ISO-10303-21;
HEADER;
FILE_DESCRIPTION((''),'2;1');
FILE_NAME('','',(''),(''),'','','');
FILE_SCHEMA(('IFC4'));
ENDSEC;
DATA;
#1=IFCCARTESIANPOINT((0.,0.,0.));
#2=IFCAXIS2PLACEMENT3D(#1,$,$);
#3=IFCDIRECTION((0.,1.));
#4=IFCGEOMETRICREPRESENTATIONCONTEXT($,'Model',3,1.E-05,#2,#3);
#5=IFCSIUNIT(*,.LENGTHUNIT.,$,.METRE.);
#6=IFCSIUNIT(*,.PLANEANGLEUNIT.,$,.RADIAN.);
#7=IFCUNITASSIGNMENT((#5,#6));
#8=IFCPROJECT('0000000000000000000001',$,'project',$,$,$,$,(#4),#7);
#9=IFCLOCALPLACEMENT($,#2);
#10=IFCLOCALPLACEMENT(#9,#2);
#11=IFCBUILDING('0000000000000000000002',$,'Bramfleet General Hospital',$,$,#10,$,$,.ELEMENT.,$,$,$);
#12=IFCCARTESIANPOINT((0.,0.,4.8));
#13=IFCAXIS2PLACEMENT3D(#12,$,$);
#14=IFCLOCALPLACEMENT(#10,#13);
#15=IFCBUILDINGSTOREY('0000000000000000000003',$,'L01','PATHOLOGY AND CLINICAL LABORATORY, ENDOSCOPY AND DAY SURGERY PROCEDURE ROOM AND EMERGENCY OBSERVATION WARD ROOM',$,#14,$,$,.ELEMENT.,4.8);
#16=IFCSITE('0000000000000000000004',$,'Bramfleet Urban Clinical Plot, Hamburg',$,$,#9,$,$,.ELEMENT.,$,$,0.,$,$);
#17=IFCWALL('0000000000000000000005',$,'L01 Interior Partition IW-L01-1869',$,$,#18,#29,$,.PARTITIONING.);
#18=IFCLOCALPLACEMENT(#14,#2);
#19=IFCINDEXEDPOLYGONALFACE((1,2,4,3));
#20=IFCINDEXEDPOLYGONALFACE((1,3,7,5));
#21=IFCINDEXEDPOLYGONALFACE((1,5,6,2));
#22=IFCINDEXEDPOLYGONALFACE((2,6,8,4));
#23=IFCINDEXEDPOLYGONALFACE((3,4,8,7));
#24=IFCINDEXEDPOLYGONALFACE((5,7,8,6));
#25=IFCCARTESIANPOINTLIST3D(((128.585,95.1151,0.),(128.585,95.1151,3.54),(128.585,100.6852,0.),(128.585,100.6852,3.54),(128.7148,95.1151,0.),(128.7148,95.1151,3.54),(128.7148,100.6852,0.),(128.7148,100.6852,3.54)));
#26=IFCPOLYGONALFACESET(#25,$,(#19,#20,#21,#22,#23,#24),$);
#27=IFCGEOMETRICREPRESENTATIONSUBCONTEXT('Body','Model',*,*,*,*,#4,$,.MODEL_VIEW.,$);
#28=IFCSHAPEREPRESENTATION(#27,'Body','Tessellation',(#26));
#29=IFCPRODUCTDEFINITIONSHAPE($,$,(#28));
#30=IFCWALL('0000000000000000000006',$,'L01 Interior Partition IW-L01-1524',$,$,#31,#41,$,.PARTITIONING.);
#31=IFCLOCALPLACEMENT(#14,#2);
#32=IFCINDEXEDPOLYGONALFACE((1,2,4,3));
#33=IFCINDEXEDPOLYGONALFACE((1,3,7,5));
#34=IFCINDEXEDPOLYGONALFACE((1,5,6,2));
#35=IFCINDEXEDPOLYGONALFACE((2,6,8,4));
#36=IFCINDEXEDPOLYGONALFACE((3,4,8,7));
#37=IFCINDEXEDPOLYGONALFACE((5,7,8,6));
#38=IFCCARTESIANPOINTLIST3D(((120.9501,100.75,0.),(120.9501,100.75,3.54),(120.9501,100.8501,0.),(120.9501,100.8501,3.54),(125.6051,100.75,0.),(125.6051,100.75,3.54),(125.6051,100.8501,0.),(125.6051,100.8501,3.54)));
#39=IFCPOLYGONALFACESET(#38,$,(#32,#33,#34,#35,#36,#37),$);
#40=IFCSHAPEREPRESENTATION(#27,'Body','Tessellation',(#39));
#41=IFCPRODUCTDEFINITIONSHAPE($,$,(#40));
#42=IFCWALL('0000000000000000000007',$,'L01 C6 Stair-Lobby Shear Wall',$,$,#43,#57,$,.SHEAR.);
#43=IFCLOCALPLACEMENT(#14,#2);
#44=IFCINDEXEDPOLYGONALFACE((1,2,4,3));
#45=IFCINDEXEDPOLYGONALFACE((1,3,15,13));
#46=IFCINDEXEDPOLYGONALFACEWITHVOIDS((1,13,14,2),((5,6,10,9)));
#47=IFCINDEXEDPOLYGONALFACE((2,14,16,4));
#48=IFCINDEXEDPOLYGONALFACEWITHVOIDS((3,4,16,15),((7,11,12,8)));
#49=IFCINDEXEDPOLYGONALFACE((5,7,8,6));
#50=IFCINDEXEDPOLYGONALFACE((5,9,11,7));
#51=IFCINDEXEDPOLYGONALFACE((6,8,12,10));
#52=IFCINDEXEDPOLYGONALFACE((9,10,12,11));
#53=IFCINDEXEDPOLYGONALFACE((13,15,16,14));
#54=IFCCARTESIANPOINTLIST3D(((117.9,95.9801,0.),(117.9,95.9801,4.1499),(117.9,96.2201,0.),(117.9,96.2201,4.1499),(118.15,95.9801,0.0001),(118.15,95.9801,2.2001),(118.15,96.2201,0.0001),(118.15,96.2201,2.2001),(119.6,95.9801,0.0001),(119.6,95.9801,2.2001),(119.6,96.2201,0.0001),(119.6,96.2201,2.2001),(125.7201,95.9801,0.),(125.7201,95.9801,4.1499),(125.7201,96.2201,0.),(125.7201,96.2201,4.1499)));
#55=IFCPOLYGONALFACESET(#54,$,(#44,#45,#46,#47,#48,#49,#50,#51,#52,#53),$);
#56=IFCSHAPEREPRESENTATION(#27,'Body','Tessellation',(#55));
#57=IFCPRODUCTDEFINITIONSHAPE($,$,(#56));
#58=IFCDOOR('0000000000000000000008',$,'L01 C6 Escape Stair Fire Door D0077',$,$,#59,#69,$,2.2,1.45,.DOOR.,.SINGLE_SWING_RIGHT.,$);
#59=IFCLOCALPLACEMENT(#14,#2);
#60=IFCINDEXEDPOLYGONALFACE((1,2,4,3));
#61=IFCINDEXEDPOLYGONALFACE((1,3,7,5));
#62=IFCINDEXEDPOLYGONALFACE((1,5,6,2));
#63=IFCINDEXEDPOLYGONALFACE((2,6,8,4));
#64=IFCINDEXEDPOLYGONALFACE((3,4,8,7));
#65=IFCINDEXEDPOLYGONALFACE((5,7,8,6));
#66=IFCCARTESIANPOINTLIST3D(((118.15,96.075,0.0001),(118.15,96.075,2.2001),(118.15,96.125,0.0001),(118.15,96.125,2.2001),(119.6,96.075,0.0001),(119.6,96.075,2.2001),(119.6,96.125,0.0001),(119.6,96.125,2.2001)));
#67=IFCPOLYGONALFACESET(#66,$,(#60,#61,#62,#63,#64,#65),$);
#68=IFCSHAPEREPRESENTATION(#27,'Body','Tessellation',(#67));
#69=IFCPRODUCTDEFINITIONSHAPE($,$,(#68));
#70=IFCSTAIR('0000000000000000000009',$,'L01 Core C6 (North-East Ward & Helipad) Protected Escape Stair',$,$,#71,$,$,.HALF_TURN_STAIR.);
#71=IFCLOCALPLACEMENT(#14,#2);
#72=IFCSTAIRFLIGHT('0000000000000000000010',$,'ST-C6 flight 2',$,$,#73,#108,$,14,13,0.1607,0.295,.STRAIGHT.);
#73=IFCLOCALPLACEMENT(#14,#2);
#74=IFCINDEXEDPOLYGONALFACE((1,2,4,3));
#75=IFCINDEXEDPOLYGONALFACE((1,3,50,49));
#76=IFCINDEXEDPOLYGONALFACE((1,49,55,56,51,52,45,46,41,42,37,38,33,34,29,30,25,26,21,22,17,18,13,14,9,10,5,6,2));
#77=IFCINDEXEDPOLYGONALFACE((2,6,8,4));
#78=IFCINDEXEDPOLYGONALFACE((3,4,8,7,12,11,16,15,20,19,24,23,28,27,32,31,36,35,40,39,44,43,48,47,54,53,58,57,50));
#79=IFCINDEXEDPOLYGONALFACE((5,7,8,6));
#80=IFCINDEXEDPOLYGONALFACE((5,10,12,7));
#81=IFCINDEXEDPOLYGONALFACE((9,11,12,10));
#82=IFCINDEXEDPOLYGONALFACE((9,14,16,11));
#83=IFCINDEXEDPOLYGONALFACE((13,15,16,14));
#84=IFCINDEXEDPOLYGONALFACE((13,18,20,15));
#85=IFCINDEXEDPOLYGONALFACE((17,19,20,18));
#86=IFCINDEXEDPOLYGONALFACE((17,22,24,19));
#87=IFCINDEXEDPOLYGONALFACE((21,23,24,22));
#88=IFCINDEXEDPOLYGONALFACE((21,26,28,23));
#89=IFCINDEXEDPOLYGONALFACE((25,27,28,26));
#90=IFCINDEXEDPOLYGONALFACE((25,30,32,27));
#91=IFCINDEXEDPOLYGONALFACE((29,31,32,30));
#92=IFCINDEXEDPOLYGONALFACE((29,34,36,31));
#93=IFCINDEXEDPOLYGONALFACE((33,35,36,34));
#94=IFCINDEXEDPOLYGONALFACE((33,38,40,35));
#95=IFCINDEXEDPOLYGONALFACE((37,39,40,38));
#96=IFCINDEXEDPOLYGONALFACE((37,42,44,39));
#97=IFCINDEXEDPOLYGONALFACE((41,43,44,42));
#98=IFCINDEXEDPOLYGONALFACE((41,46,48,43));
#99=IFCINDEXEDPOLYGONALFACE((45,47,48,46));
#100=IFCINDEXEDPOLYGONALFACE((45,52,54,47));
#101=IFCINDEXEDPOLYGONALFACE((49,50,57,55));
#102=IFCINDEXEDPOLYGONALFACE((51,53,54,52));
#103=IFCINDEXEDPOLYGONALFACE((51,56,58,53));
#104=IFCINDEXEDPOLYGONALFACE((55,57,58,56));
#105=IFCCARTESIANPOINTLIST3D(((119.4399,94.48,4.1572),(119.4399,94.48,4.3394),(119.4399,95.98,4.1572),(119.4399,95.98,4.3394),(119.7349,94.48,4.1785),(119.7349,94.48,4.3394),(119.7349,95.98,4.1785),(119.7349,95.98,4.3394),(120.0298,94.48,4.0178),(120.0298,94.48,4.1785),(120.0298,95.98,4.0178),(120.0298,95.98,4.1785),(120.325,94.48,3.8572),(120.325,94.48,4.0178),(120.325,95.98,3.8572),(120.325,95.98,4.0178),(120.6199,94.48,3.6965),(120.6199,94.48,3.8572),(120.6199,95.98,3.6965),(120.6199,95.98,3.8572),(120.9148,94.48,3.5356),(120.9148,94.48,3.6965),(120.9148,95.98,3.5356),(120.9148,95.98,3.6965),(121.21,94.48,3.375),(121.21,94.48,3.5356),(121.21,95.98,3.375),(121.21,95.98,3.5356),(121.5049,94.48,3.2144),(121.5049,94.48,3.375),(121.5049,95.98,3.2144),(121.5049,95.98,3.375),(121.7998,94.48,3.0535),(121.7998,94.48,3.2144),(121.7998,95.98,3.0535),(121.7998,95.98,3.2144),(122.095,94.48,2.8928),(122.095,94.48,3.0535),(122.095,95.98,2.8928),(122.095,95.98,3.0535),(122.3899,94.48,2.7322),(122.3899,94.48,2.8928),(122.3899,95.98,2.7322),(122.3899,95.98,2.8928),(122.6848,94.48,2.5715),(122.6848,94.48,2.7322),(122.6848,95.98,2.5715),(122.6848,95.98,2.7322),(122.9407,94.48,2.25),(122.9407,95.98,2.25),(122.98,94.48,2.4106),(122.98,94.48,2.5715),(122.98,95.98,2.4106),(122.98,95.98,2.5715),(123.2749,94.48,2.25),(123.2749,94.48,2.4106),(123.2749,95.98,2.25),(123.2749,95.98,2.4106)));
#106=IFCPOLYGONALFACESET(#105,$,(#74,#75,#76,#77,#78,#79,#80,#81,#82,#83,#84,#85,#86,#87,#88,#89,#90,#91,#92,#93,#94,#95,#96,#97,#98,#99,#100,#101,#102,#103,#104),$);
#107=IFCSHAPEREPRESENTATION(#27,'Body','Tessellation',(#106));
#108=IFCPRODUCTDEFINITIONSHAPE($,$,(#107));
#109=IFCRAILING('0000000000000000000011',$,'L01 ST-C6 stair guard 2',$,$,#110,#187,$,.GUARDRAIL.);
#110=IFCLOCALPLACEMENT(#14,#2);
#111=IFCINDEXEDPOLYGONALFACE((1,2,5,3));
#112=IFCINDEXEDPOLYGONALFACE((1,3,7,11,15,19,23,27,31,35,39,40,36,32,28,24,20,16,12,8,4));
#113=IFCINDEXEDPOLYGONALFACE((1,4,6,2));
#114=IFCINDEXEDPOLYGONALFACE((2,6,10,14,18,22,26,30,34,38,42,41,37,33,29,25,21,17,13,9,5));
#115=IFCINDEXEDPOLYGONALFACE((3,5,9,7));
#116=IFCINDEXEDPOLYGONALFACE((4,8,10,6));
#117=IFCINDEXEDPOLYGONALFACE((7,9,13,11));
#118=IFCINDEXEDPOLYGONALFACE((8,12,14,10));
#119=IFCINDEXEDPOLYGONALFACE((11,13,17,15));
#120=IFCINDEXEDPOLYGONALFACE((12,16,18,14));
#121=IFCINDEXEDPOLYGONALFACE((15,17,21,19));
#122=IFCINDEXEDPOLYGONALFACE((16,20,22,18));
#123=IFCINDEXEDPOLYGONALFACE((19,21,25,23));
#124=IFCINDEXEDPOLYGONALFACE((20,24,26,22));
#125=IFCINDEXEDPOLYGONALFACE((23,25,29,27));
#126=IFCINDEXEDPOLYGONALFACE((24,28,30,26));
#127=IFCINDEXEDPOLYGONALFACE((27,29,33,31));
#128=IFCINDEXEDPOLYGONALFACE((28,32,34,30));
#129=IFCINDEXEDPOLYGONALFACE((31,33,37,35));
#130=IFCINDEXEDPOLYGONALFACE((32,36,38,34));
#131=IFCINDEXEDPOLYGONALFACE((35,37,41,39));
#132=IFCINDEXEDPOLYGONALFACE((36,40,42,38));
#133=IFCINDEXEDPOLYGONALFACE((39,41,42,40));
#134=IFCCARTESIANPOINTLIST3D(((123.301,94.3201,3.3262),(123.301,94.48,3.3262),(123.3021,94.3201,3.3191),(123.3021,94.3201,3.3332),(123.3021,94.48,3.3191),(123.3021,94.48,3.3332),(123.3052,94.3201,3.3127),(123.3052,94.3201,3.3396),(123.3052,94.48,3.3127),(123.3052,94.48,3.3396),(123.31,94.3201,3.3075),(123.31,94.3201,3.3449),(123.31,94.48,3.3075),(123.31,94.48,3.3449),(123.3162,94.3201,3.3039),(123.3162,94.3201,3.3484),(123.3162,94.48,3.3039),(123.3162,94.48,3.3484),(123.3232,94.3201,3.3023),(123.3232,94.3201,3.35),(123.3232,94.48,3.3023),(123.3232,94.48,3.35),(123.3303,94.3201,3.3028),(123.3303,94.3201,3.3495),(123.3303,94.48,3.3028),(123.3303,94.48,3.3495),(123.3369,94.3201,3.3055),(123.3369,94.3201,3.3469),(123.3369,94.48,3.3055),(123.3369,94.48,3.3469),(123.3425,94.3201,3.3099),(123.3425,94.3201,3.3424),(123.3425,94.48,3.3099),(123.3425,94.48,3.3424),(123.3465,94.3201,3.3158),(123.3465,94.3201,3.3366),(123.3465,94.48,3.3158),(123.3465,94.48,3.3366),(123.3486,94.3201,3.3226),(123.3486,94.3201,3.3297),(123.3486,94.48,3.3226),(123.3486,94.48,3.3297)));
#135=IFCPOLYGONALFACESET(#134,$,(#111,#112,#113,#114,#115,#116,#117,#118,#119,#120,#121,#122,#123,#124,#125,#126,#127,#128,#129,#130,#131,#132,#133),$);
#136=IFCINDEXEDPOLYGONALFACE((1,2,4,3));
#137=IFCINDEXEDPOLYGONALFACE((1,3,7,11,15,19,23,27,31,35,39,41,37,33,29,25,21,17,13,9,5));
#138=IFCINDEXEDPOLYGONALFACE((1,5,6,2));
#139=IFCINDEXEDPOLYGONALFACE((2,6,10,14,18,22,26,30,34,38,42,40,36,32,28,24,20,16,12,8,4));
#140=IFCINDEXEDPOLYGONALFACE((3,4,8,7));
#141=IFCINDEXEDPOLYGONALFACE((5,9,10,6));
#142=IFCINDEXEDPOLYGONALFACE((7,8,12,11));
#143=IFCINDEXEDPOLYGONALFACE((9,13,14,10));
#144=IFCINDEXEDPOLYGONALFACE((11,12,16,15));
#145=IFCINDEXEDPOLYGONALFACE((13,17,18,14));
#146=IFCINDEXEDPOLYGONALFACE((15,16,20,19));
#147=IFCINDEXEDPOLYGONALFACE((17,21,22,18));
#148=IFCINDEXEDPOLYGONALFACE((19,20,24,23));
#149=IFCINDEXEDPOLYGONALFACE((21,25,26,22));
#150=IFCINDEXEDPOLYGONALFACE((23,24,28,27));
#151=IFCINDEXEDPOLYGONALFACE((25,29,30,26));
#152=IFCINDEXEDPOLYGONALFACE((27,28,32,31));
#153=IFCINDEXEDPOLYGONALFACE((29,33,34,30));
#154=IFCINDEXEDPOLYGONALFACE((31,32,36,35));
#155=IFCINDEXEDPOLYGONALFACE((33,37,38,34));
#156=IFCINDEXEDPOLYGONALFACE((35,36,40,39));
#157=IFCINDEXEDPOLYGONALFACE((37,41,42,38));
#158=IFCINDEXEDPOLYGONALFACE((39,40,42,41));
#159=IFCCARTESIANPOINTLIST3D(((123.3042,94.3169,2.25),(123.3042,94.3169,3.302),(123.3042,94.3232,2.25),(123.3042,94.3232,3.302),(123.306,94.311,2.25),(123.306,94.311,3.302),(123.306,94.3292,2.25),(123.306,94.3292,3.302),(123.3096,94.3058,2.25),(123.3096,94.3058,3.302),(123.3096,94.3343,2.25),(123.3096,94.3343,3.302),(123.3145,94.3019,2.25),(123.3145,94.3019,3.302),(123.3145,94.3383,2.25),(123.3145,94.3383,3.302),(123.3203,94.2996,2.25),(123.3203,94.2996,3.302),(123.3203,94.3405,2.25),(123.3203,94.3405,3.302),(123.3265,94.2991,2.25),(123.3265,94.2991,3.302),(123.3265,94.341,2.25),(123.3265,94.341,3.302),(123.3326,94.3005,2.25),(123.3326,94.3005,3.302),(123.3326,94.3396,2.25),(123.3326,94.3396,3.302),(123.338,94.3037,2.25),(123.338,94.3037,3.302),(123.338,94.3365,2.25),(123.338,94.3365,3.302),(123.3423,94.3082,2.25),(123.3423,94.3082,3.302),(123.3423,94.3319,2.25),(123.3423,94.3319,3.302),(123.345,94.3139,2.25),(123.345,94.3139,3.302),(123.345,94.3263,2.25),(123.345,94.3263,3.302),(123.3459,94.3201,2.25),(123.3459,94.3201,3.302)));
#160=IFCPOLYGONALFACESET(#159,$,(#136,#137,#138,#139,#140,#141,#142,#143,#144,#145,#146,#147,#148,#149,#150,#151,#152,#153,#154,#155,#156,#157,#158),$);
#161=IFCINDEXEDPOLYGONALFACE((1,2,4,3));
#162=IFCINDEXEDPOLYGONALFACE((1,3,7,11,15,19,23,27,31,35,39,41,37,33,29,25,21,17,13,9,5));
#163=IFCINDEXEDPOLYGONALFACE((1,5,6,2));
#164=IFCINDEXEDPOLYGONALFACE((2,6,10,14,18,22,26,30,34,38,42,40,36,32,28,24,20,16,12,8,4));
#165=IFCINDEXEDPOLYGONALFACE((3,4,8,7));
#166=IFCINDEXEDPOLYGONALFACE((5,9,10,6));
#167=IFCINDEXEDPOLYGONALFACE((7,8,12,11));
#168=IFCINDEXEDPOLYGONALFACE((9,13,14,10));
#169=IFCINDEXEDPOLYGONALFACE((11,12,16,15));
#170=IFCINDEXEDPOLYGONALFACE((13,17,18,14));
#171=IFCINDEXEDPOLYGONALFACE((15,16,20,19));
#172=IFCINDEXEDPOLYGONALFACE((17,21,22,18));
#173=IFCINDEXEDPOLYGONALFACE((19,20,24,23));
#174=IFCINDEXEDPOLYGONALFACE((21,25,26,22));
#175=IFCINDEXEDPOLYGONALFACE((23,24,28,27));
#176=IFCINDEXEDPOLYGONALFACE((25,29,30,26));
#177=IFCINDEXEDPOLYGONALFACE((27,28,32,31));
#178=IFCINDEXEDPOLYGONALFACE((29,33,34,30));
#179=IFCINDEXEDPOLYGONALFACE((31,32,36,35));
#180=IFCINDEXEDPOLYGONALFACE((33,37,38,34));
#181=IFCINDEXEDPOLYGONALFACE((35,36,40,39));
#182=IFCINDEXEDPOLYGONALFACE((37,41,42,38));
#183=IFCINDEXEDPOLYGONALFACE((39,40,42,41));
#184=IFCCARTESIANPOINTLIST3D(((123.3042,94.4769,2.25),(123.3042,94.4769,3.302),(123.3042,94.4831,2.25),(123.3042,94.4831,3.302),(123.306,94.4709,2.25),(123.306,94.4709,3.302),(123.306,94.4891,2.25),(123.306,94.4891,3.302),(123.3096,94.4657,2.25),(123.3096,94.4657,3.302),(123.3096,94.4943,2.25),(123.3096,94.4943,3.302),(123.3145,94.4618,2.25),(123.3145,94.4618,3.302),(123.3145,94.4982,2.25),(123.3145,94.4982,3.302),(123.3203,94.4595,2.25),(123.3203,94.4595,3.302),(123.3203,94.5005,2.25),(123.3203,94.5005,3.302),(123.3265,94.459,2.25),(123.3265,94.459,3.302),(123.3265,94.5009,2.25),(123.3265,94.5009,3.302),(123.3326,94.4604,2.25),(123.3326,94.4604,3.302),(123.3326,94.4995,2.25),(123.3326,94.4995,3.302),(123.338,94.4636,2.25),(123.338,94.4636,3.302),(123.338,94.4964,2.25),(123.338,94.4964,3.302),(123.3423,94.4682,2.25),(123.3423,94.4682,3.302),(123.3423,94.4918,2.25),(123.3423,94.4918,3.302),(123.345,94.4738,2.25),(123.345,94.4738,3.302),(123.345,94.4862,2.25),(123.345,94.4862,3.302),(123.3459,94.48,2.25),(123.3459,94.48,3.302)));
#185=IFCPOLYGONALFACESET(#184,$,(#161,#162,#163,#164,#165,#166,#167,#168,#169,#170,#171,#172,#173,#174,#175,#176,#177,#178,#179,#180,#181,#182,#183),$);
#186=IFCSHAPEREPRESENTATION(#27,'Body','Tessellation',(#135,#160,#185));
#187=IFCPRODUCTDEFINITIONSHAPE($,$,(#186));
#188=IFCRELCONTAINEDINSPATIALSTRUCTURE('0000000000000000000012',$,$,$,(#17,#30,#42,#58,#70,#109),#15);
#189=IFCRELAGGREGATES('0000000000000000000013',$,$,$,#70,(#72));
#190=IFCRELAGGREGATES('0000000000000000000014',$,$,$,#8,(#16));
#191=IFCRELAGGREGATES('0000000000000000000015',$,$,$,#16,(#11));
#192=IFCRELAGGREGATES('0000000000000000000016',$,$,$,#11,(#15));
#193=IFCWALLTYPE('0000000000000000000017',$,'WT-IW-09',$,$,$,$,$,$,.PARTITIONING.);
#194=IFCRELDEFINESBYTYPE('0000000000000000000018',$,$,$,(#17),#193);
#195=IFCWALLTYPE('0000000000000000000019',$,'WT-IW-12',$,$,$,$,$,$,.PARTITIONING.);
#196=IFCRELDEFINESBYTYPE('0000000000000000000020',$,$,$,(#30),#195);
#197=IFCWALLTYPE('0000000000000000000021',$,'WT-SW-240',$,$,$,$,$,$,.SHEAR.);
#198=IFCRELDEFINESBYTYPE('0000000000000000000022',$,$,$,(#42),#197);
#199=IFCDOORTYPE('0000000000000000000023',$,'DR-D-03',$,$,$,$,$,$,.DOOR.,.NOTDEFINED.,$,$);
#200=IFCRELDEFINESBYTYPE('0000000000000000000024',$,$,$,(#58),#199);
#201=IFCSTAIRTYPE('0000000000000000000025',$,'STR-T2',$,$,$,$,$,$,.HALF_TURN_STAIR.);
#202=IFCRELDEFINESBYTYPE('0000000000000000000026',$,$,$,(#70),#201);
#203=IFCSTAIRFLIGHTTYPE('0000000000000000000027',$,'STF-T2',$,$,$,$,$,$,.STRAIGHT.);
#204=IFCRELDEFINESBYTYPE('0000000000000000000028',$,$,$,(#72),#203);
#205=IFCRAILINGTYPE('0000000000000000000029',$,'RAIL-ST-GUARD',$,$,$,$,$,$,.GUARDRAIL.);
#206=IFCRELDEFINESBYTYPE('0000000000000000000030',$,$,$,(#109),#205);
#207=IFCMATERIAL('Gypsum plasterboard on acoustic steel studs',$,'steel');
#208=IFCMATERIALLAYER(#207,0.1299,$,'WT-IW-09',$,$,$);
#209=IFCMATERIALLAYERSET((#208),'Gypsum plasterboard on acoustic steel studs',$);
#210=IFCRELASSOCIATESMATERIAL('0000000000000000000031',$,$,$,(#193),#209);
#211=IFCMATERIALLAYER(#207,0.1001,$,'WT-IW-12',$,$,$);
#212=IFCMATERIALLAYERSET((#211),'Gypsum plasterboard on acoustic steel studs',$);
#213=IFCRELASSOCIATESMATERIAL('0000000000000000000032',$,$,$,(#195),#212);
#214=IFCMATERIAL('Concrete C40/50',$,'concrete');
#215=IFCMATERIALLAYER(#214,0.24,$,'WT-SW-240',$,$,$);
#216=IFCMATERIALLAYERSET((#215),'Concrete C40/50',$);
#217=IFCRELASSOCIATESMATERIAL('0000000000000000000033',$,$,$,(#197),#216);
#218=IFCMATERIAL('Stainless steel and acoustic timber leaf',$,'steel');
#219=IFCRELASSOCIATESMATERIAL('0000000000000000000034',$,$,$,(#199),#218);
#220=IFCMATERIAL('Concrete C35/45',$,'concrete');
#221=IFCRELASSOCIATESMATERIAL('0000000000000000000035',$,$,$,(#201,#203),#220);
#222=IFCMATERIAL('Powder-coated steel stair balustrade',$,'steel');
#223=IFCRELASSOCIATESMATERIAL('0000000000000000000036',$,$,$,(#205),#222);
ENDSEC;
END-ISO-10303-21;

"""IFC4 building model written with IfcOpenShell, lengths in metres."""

from ifc_helpers import new_model, si_unit, direction, frame, frame_2d, origin, origin_2d, place, context, subcontext, project, spatial, polyline, rectangle, circle, outline, extrude, material, layer, layer_set, type_object, element, fill, aggregate, save


model = new_model("IFC4")

# Units and contexts
model_context = context("Model", 3, precision=1e-05, world=origin(), true_north=direction((0.0, 1.0)))
body_context = subcontext(model_context, "Body", "Model", "MODEL_VIEW")
ifc_project = project(units=[si_unit("LENGTHUNIT", "METRE"), si_unit("PLANEANGLEUNIT", "RADIAN")], contexts=[model_context])

# Site, building, storey
site_placement = place(None, origin())
site = spatial("IfcSite", under=ifc_project, at=site_placement, Name="Bramfleet Urban Clinical Plot, Hamburg", CompositionType="ELEMENT", RefElevation=0.0)
building_placement = place(site_placement, origin())
building = spatial("IfcBuilding", under=site, at=building_placement, Name="Bramfleet General Hospital", CompositionType="ELEMENT")
storey_placement = place(building_placement, frame((0.0, 0.0, 4.8)))
storey = spatial("IfcBuildingStorey", under=building, at=storey_placement, Name="L01", Description="PATHOLOGY AND CLINICAL LABORATORY, ENDOSCOPY AND DAY SURGERY PROCEDURE ROOM AND EMERGENCY OBSERVATION WARD ROOM", CompositionType="ELEMENT", Elevation=4.8)

# Shared definitions
ifc_material_1 = material(Name="Concrete C40/50", Category="concrete")

# Shared definitions
ifc_material_2 = material(Name="Concrete C35/45", Category="concrete")

# Shared definitions
ifc_material_3 = material(Name="Stainless steel and acoustic timber leaf", Category="steel")
ifc_material_4 = material(Name="Gypsum plasterboard on acoustic steel studs", Category="steel")

# Walls
ifc_layer_1 = layer(ifc_material_4, 0.1299, Name="WT-IW-09")
ifc_layer_set_1 = layer_set([ifc_layer_1], Name="Gypsum plasterboard on acoustic steel studs")
wall_type_1 = type_object("IfcWallType", Name="WT-IW-09", PredefinedType="PARTITIONING", material=ifc_layer_set_1)
wall_1_placement = place(storey_placement, frame((128.6499, 95.115, 0.0), z_axis=(0.0, 0.0, 1.0), x_axis=(0.0, 1.0, 0.0)))
element("IfcWall", 1, at=wall_1_placement, inside=storey, type_object=wall_type_1, Name="L01 Interior Partition IW-L01-1869", PredefinedType="PARTITIONING", context=body_context, shape_type="SweptSolid", body=[
    extrude(rectangle(XDim=5.5701, YDim=0.1299, at=frame_2d((2.7852, 0.0))), origin(), (0.0, 0.0, 1.0), 3.54),
])
ifc_layer_2 = layer(ifc_material_4, 0.1001, Name="WT-IW-12")
ifc_layer_set_2 = layer_set([ifc_layer_2], Name="Gypsum plasterboard on acoustic steel studs")
wall_type_2 = type_object("IfcWallType", Name="WT-IW-12", PredefinedType="PARTITIONING", material=ifc_layer_set_2)
wall_2_placement = place(storey_placement, frame((120.95, 100.8, 0.0), z_axis=(0.0, 0.0, 1.0), x_axis=(1.0, 0.0, 0.0)))
element("IfcWall", 2, at=wall_2_placement, inside=storey, type_object=wall_type_2, Name="L01 Interior Partition IW-L01-1524", PredefinedType="PARTITIONING", context=body_context, shape_type="SweptSolid", body=[
    extrude(rectangle(XDim=4.655, YDim=0.1001, at=frame_2d((2.3276, 0.0))), origin(), (0.0, 0.0, 1.0), 3.54),
])

# Wall, opening, door
ifc_layer_3 = layer(ifc_material_1, 0.24, Name="WT-SW-240")
ifc_layer_set_3 = layer_set([ifc_layer_3], Name="Concrete C40/50")
wall_type_3 = type_object("IfcWallType", Name="WT-SW-240", PredefinedType="SHEAR", material=ifc_layer_set_3)
wall_3_placement = place(storey_placement, frame((117.8999, 96.1001, 0.0), z_axis=(0.0, 0.0, 1.0), x_axis=(1.0, 0.0, 0.0)))
wall_3 = element("IfcWall", 3, at=wall_3_placement, inside=storey, type_object=wall_type_3, Name="L01 C6 Stair-Lobby Shear Wall", PredefinedType="SHEAR", context=body_context, shape_type="SweptSolid", body=[
    extrude(rectangle(XDim=7.8201, YDim=0.24, at=frame_2d((3.9102, 0.0))), origin(), (0.0, 0.0, 1.0), 4.1499),
])
opening_1_placement = place(wall_3_placement, frame((0.25, 0.0, 0.0)))
opening_1 = element("IfcOpeningElement", 4, at=opening_1_placement, cuts=wall_3, PredefinedType="OPENING", context=body_context, shape_type="SweptSolid", body=[
    extrude(rectangle(XDim=1.45, YDim=2.2, at=frame_2d((0.7251, 1.1001))), frame((0.0, 0.1299, 0.0), z_axis=(0.0, -1.0, 0.0), x_axis=(1.0, 0.0, 0.0)), (0.0, 0.0, 1.0), 0.26),
])
door_type_1 = type_object("IfcDoorType", Name="DR-D-03", OperationType="NOTDEFINED", PredefinedType="DOOR", material=ifc_material_3)
door_1_placement = place(opening_1_placement, origin())
door_1 = element("IfcDoor", 5, at=door_1_placement, inside=storey, type_object=door_type_1, Name="L01 C6 Escape Stair Fire Door D0077", OperationType="SINGLE_SWING_RIGHT", OverallHeight=2.2, OverallWidth=1.45, PredefinedType="DOOR", context=body_context, shape_type="SweptSolid", body=[
    extrude(rectangle(XDim=1.45, YDim=2.2, at=frame_2d((0.7251, 1.1001))), frame((0.0, 0.0249, 0.0), z_axis=(0.0, -1.0, 0.0), x_axis=(1.0, 0.0, 0.0)), (0.0, 0.0, 1.0), 0.05),
])
fill(opening_1, door_1)

# Stair, stair flight
stair_type = type_object("IfcStairType", Name="STR-T2", PredefinedType="HALF_TURN_STAIR", material=ifc_material_2)
stair_placement = place(storey_placement, origin())
stair = element("IfcStair", 6, at=stair_placement, inside=storey, type_object=stair_type, Name="L01 Core C6 (North-East Ward & Helipad) Protected Escape Stair", PredefinedType="HALF_TURN_STAIR")
stair_flight_type = type_object("IfcStairFlightType", Name="STF-T2", PredefinedType="STRAIGHT", material=ifc_material_2)
stair_flight_placement = place(storey_placement, frame((123.2749, 95.23, 2.25), z_axis=(0.0, 0.0, 1.0), x_axis=(-1.0, 0.0, 0.0)))
stair_flight = element("IfcStairFlight", 7, at=stair_flight_placement, type_object=stair_flight_type, Name="ST-C6 flight 2", NumberOfRisers=14, NumberOfTreads=13, PredefinedType="STRAIGHT", RiserHeight=0.1607, TreadLength=0.295, context=body_context, shape_type="SweptSolid", body=[
    extrude(outline(polyline([(0.0, 0.0), (0.0, 0.1606), (0.2949, 0.1606), (0.2949, 0.3215), (0.5901, 0.3215), (0.5901, 0.4822), (0.885, 0.4822), (0.885, 0.6428), (1.1799, 0.6428), (1.1799, 0.8035), (1.4751, 0.8035), (1.4751, 0.9644), (1.77, 0.9644), (1.77, 1.125), (2.0649, 1.125), (2.0649, 1.2856), (2.3601, 1.2856), (2.3601, 1.4465), (2.655, 1.4465), (2.655, 1.6072), (2.95, 1.6072), (2.95, 1.7678), (3.2451, 1.7678), (3.2451, 1.9285), (3.54, 1.9285), (3.54, 2.0894), (3.835, 2.0894), (3.835, 2.25), (3.835, 1.9072), (0.3342, 0.0), (0.0, 0.0)])), frame((0.0, 0.75, 0.0), z_axis=(0.0, -1.0, 0.0), x_axis=(1.0, 0.0, 0.0)), (0.0, 0.0, 1.0), 1.5),
])
aggregate(stair, [stair_flight])

# Railing
ifc_material_5 = material(Name="Powder-coated steel stair balustrade", Category="steel")
railing_type_1 = type_object("IfcRailingType", Name="RAIL-ST-GUARD", PredefinedType="GUARDRAIL", material=ifc_material_5)
railing_1_placement = place(storey_placement, frame((123.325, 94.3201, 2.25)))
element("IfcRailing", 8, at=railing_1_placement, inside=storey, type_object=railing_type_1, Name="L01 ST-C6 stair guard 2", PredefinedType="GUARDRAIL", context=body_context, shape_type="SweptSolid", body=[
    extrude(circle(Radius=0.0239, at=origin_2d()), frame((0.0, 0.0, 1.0762), z_axis=(0.0, 1.0, 0.0), x_axis=(-1.0, 0.0, 0.0)), (0.0, 0.0, 1.0), 0.1599),
    extrude(circle(Radius=0.021, at=origin_2d()), origin(), (0.0, 0.0, 1.0), 1.052),
    extrude(circle(Radius=0.021, at=origin_2d()), frame((0.0, 0.1599, 0.0)), (0.0, 0.0, 1.0), 1.052),
])

save(model, "model.ifc")
